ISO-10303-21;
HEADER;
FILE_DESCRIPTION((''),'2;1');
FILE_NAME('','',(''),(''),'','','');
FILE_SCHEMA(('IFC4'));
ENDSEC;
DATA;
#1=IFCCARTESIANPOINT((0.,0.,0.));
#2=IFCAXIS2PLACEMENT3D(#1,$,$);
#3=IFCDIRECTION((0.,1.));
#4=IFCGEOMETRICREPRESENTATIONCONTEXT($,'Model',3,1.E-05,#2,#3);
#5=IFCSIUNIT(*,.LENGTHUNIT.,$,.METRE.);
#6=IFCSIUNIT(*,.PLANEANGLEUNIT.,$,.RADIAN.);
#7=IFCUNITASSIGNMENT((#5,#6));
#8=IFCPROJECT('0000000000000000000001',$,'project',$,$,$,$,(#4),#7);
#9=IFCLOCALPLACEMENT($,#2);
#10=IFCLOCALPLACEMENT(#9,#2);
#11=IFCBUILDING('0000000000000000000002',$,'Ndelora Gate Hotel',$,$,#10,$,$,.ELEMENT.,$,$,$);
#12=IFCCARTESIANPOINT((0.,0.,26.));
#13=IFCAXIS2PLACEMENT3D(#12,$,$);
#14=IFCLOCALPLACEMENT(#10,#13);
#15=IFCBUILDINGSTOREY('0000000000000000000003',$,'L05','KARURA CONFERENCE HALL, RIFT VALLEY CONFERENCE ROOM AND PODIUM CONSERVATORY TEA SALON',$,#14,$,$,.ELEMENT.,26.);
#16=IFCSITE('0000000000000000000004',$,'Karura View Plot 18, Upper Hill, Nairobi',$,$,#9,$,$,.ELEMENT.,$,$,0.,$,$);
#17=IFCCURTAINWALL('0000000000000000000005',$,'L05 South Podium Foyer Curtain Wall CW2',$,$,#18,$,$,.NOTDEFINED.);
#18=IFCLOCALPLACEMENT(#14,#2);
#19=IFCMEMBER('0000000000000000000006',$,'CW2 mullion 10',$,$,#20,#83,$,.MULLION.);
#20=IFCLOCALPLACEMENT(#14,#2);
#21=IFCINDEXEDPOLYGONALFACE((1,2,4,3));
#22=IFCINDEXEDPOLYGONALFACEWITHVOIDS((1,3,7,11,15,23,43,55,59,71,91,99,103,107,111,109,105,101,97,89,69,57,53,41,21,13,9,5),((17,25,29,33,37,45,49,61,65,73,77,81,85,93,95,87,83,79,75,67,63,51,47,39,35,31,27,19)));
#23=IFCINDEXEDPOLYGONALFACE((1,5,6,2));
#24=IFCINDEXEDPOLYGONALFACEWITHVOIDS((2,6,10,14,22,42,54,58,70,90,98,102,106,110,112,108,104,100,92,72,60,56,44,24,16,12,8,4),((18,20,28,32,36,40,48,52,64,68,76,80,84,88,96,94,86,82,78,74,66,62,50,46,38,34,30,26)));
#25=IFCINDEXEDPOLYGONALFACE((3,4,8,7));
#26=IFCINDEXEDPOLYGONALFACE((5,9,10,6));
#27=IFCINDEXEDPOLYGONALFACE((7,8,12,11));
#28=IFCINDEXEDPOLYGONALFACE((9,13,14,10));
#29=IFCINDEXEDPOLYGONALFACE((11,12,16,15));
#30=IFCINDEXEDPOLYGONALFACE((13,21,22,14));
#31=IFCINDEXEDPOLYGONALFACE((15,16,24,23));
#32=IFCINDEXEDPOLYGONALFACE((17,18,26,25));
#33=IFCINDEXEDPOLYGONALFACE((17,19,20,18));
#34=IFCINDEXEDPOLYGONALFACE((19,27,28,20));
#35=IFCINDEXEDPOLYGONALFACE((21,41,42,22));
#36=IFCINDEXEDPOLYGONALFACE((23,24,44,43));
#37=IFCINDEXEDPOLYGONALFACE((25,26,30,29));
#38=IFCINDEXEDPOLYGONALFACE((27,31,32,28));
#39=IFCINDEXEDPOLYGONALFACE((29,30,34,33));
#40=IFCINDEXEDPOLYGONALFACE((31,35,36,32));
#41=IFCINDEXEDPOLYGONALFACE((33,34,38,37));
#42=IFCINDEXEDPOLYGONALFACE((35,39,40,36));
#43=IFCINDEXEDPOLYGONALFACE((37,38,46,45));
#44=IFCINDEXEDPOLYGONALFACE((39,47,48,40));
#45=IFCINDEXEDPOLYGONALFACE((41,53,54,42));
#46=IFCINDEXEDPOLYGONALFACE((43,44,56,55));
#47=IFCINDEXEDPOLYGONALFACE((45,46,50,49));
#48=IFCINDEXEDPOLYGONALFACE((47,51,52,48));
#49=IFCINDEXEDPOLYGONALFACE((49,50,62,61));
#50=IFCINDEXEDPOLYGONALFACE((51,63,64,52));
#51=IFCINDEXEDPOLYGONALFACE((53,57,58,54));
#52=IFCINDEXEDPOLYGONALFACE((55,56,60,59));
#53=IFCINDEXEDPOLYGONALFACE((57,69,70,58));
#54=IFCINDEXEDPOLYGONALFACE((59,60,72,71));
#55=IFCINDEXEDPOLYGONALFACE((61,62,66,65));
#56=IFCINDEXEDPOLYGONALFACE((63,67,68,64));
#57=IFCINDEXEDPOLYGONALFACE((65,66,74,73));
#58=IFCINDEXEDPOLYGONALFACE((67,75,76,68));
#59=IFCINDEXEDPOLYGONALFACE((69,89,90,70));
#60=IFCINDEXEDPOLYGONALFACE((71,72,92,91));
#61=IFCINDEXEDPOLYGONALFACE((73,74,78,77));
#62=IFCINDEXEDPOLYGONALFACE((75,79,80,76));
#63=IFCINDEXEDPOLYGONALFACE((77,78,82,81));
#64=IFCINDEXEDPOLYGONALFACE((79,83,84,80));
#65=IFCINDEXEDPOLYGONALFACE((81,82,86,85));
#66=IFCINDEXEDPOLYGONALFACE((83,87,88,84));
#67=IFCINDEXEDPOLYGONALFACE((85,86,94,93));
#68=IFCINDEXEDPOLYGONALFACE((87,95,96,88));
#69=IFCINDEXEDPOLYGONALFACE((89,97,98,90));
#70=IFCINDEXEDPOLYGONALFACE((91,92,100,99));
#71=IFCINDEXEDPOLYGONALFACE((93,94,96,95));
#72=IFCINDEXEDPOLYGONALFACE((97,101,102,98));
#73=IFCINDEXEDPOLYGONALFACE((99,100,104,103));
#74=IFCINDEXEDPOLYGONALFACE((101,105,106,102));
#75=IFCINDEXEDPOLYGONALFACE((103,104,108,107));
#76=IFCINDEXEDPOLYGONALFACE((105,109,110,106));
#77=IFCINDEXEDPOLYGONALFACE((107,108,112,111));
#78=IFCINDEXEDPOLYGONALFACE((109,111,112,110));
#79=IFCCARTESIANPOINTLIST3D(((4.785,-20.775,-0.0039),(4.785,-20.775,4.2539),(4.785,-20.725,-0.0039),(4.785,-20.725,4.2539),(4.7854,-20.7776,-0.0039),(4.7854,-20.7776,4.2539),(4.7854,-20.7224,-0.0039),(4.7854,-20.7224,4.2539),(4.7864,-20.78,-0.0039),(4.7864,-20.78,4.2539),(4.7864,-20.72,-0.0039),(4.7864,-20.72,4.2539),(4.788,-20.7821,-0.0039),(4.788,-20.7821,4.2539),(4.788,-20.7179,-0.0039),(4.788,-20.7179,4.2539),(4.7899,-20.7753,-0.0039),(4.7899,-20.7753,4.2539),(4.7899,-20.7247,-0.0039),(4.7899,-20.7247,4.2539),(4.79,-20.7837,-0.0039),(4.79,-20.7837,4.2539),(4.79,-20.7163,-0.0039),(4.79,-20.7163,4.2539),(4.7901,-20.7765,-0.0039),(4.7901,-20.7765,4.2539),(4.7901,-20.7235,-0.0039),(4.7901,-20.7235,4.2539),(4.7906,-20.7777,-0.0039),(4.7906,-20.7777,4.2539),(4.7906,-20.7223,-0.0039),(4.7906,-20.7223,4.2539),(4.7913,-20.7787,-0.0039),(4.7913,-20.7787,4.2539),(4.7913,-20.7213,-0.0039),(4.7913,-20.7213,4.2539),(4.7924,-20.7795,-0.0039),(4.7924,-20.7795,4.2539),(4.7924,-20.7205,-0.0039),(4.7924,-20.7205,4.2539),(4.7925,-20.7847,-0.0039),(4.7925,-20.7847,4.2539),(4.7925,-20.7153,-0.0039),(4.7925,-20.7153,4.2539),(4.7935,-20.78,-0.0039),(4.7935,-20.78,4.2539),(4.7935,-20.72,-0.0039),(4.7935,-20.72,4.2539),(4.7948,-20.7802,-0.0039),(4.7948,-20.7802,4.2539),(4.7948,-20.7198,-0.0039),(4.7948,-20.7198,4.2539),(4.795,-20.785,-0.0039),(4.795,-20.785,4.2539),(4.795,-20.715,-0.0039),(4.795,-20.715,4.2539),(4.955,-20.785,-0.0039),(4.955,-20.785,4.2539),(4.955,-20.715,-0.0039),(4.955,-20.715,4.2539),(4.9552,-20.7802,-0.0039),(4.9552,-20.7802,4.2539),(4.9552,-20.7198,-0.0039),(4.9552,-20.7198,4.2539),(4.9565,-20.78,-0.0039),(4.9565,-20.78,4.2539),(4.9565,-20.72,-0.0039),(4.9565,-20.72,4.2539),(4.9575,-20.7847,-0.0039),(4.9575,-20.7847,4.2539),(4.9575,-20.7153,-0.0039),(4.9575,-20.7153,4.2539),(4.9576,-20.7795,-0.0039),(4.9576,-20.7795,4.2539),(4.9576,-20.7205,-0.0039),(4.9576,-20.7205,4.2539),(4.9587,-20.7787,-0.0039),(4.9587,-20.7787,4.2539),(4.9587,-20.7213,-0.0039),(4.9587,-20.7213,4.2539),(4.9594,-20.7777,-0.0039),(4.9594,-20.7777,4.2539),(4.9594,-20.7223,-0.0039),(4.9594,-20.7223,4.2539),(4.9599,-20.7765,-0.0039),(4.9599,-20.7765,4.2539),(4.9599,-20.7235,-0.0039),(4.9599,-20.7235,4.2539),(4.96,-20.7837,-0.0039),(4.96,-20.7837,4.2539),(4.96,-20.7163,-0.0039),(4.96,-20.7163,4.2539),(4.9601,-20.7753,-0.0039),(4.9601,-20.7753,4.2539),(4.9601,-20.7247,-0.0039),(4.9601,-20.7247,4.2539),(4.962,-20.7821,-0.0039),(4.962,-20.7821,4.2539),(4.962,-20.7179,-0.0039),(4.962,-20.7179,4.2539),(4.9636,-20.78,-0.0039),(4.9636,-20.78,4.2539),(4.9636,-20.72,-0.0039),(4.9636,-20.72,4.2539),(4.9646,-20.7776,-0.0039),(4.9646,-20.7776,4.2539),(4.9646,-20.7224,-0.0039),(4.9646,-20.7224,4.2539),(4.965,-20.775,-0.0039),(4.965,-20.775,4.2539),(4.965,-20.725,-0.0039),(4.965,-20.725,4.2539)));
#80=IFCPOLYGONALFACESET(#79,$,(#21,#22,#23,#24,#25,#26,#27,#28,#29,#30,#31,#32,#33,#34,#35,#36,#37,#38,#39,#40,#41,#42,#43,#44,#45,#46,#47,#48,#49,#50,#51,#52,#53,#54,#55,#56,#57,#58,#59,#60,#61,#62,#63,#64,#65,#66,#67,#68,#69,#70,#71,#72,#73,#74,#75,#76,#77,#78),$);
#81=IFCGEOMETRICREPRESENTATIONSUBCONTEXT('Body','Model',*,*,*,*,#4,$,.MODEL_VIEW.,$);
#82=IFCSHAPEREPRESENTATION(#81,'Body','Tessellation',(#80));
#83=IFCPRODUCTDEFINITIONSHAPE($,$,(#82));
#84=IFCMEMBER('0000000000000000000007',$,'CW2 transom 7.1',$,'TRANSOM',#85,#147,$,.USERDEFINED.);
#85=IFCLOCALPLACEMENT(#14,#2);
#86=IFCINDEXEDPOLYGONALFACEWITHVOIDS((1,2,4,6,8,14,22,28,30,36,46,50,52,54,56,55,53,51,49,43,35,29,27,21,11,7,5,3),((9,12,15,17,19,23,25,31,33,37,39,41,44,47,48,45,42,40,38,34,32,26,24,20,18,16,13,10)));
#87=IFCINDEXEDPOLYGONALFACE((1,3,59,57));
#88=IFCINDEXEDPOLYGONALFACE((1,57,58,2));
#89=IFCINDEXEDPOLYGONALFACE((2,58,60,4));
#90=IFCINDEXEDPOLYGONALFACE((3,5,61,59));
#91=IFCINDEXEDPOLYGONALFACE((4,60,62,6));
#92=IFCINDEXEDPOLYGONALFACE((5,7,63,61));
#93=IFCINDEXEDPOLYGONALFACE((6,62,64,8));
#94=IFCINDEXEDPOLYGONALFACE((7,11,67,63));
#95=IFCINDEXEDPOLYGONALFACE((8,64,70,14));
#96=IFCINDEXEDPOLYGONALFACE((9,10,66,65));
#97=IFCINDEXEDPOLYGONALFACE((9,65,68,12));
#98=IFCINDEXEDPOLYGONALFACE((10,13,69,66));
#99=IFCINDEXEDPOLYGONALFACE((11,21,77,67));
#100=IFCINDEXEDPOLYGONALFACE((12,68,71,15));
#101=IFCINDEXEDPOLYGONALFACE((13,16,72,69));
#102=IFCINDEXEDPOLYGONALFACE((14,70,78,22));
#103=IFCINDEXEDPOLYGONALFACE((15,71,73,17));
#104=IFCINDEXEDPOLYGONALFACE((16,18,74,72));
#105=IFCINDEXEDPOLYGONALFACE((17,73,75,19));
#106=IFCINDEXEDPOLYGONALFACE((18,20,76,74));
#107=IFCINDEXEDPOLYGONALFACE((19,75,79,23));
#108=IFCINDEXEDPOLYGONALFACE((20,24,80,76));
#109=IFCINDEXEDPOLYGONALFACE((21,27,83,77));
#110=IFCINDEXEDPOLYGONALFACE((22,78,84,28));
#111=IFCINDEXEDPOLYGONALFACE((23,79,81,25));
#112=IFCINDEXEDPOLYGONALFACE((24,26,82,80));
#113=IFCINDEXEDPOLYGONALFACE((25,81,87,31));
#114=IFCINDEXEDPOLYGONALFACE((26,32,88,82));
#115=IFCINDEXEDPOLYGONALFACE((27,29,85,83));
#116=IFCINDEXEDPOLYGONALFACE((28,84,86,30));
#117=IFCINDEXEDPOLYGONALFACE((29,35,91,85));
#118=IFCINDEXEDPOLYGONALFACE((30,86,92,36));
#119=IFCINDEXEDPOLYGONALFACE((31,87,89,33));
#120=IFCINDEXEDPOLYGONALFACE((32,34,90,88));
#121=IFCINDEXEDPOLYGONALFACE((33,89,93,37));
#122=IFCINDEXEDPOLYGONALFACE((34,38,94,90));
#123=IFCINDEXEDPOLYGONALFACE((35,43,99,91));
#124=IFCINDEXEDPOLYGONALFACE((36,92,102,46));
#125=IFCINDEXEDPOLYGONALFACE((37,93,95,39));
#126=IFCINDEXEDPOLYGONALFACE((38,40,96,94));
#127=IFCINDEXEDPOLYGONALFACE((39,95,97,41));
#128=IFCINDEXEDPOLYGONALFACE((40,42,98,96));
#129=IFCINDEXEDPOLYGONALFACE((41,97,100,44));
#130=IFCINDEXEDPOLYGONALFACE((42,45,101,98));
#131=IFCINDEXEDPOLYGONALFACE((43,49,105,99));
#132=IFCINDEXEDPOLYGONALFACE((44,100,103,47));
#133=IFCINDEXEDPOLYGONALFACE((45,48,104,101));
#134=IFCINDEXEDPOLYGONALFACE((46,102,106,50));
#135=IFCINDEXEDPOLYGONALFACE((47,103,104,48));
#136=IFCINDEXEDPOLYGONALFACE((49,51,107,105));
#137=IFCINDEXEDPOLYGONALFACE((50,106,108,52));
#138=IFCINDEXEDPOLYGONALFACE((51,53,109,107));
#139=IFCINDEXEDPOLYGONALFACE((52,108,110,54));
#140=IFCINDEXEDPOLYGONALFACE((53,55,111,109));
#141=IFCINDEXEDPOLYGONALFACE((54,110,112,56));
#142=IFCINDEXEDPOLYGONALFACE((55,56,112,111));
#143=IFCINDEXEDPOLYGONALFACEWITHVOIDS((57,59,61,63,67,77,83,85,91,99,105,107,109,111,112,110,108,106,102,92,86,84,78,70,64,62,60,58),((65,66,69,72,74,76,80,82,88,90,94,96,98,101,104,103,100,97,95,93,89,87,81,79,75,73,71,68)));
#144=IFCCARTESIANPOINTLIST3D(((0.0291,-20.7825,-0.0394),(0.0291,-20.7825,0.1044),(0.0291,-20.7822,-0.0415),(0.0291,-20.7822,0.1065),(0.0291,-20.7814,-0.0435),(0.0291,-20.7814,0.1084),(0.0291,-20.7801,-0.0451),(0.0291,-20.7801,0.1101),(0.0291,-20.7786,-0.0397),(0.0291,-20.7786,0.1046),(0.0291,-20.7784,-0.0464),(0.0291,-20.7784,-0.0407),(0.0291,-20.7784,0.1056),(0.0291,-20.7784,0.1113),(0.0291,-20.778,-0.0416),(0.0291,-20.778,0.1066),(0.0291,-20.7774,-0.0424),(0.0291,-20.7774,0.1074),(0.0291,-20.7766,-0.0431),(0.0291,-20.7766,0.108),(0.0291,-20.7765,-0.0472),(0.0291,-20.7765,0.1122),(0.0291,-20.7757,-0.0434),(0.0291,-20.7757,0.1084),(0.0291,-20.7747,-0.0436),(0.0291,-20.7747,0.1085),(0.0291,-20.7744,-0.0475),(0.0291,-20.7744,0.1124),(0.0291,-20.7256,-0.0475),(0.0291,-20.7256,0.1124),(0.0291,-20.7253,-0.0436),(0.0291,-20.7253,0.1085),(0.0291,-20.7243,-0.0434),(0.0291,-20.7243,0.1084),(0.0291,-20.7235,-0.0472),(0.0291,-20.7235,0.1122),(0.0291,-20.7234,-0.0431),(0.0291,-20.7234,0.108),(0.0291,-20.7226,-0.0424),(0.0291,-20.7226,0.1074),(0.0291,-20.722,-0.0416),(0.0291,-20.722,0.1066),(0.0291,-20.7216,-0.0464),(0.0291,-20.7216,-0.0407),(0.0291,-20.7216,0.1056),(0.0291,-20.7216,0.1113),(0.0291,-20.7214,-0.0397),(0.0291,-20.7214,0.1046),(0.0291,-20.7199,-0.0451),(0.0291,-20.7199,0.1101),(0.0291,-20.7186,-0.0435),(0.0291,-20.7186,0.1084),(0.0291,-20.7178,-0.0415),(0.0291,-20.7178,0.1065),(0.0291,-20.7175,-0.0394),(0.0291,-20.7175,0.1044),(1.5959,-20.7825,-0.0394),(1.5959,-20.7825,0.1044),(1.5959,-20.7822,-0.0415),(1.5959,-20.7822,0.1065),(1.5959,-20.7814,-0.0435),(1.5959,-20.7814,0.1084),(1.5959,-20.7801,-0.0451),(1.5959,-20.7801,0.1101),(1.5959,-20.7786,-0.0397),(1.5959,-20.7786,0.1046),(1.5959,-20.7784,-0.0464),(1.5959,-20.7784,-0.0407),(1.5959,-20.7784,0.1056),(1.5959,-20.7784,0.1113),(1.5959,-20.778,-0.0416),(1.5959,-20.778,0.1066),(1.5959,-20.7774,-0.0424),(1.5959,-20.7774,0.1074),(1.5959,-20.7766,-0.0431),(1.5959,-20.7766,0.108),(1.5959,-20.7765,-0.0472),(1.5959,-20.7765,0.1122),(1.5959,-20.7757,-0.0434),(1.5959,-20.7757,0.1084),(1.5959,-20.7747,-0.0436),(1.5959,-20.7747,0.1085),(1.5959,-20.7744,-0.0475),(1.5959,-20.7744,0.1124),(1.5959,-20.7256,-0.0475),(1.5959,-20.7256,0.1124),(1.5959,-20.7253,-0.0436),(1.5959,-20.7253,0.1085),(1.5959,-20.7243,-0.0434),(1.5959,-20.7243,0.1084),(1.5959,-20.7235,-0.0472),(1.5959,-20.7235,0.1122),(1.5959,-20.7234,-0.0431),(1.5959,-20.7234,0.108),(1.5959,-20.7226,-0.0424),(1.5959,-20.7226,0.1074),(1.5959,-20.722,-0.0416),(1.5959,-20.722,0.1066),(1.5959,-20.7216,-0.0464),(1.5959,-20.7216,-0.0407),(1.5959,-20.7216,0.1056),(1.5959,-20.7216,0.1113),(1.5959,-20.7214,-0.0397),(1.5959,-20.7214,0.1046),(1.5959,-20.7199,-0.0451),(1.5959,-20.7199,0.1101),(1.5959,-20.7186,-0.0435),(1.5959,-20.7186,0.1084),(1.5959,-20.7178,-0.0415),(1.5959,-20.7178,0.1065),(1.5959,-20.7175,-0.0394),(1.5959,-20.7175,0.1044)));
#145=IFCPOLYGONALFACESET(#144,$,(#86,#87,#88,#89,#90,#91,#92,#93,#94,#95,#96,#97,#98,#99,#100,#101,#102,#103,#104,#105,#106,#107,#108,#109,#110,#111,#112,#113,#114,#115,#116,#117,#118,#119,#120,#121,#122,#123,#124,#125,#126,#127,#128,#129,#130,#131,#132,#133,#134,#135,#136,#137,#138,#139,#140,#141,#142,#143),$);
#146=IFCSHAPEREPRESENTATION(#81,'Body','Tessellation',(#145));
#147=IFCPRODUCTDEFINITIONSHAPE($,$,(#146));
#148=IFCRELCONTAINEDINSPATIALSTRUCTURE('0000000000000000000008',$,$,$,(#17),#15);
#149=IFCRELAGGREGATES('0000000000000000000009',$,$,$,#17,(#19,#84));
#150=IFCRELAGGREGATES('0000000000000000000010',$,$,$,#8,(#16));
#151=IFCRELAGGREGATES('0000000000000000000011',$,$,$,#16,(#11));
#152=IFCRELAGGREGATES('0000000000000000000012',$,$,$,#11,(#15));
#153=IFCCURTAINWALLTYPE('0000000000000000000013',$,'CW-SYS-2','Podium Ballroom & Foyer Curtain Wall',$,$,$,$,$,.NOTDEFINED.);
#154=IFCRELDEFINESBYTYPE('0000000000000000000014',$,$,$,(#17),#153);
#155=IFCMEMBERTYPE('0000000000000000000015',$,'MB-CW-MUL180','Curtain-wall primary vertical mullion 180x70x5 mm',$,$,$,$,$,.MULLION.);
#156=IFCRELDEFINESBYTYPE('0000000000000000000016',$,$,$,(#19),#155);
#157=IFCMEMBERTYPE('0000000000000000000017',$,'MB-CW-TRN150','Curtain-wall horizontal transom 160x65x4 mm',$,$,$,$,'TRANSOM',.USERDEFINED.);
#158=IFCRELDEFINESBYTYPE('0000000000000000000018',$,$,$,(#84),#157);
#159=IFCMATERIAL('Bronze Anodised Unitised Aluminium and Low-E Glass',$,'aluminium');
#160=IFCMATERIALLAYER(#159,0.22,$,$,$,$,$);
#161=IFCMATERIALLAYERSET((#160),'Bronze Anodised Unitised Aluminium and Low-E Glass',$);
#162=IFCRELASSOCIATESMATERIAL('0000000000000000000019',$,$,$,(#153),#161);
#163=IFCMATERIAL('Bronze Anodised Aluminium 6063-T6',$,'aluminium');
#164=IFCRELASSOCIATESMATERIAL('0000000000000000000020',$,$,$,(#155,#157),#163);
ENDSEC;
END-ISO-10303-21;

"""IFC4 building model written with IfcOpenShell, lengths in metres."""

from ifc_helpers import new_model, si_unit, direction, frame, origin, origin_2d, place, context, subcontext, project, spatial, hollow_rectangle, extrude, material, layer, layer_set, material_profile, profile_set, type_object, element, aggregate, save


model = new_model("IFC4")

# Units and contexts
model_context = context("Model", 3, precision=1e-05, world=origin(), true_north=direction((0.0, 1.0)))
body_context = subcontext(model_context, "Body", "Model", "MODEL_VIEW")
ifc_project = project(units=[si_unit("LENGTHUNIT", "METRE"), si_unit("PLANEANGLEUNIT", "RADIAN")], contexts=[model_context])

# Site, building, storey
site_placement = place(None, origin())
site = spatial("IfcSite", under=ifc_project, at=site_placement, Name="Karura View Plot 18, Upper Hill, Nairobi", CompositionType="ELEMENT", RefElevation=0.0)
building_placement = place(site_placement, origin())
building = spatial("IfcBuilding", under=site, at=building_placement, Name="Ndelora Gate Hotel", CompositionType="ELEMENT")
storey_placement = place(building_placement, frame((0.0, 0.0, 26.0)))
storey = spatial("IfcBuildingStorey", under=building, at=storey_placement, Name="L05", Description="KARURA CONFERENCE HALL, RIFT VALLEY CONFERENCE ROOM AND PODIUM CONSERVATORY TEA SALON", CompositionType="ELEMENT", Elevation=26.0)

# Curtain wall, members
ifc_material_1 = material(Name="Bronze Anodised Unitised Aluminium and Low-E Glass", Category="aluminium")
ifc_layer_1 = layer(ifc_material_1, 0.22)
ifc_layer_set_1 = layer_set([ifc_layer_1], Name="Bronze Anodised Unitised Aluminium and Low-E Glass")
curtain_wall_type = type_object("IfcCurtainWallType", Name="CW-SYS-2", Description="Podium Ballroom & Foyer Curtain Wall", PredefinedType="NOTDEFINED", material=ifc_layer_set_1)
curtain_wall_placement = place(storey_placement, origin())
curtain_wall = element("IfcCurtainWall", 1, at=curtain_wall_placement, inside=storey, type_object=curtain_wall_type, Name="L05 South Podium Foyer Curtain Wall CW2", PredefinedType="NOTDEFINED")
ifc_material_2 = material(Name="Bronze Anodised Aluminium 6063-T6", Category="aluminium")
ifc_material_profile_1 = material_profile(ifc_material_2, hollow_rectangle(XDim=0.0701, YDim=0.1799, WallThickness=0.0049, InnerFilletRadius=0.0049, OuterFilletRadius=0.01, at=origin_2d()), Name="ALU 180x70x5")
ifc_profile_set_1 = profile_set([ifc_material_profile_1], Name="Bronze Anodised Aluminium 6063-T6")
member_type_1 = type_object("IfcMemberType", Name="MB-CW-MUL180", Description="Curtain-wall primary vertical mullion 180x70x5 mm", PredefinedType="MULLION", material=ifc_profile_set_1)
member_1_placement = place(storey_placement, frame((4.875, -20.75, -0.0039), z_axis=(0.0, 0.0, 1.0), x_axis=(0.0, 1.0, 0.0)))
member_1 = element("IfcMember", 2, at=member_1_placement, type_object=member_type_1, Name="CW2 mullion 10", PredefinedType="MULLION", context=body_context, shape_type="SweptSolid", body=[
    extrude(hollow_rectangle(XDim=0.0701, YDim=0.1799, WallThickness=0.0049, InnerFilletRadius=0.0049, OuterFilletRadius=0.01, at=origin_2d()), origin(), (0.0, 0.0, 1.0), 4.2578),
])
ifc_material_profile_2 = material_profile(ifc_material_2, hollow_rectangle(XDim=0.0649, YDim=0.1599, WallThickness=0.0039, InnerFilletRadius=0.0039, OuterFilletRadius=0.0081, at=origin_2d()), Name="ALU 160x65x4")
ifc_profile_set_2 = profile_set([ifc_material_profile_2], Name="Bronze Anodised Aluminium 6063-T6")
member_type_2 = type_object("IfcMemberType", Name="MB-CW-TRN150", Description="Curtain-wall horizontal transom 160x65x4 mm", ElementType="TRANSOM", PredefinedType="USERDEFINED", material=ifc_profile_set_2)
member_2_placement = place(storey_placement, frame((0.0291, -20.75, 0.0325), z_axis=(1.0, 0.0, 0.0), x_axis=(0.0, 1.0, 0.0)))
member_2 = element("IfcMember", 3, at=member_2_placement, type_object=member_type_2, Name="CW2 transom 7.1", ObjectType="TRANSOM", PredefinedType="USERDEFINED", context=body_context, shape_type="SweptSolid", body=[
    extrude(hollow_rectangle(XDim=0.0649, YDim=0.1599, WallThickness=0.0039, InnerFilletRadius=0.0039, OuterFilletRadius=0.0081, at=origin_2d()), origin(), (0.0, 0.0, 1.0), 1.5669),
])
aggregate(curtain_wall, [member_1, member_2])

save(model, "model.ifc")
